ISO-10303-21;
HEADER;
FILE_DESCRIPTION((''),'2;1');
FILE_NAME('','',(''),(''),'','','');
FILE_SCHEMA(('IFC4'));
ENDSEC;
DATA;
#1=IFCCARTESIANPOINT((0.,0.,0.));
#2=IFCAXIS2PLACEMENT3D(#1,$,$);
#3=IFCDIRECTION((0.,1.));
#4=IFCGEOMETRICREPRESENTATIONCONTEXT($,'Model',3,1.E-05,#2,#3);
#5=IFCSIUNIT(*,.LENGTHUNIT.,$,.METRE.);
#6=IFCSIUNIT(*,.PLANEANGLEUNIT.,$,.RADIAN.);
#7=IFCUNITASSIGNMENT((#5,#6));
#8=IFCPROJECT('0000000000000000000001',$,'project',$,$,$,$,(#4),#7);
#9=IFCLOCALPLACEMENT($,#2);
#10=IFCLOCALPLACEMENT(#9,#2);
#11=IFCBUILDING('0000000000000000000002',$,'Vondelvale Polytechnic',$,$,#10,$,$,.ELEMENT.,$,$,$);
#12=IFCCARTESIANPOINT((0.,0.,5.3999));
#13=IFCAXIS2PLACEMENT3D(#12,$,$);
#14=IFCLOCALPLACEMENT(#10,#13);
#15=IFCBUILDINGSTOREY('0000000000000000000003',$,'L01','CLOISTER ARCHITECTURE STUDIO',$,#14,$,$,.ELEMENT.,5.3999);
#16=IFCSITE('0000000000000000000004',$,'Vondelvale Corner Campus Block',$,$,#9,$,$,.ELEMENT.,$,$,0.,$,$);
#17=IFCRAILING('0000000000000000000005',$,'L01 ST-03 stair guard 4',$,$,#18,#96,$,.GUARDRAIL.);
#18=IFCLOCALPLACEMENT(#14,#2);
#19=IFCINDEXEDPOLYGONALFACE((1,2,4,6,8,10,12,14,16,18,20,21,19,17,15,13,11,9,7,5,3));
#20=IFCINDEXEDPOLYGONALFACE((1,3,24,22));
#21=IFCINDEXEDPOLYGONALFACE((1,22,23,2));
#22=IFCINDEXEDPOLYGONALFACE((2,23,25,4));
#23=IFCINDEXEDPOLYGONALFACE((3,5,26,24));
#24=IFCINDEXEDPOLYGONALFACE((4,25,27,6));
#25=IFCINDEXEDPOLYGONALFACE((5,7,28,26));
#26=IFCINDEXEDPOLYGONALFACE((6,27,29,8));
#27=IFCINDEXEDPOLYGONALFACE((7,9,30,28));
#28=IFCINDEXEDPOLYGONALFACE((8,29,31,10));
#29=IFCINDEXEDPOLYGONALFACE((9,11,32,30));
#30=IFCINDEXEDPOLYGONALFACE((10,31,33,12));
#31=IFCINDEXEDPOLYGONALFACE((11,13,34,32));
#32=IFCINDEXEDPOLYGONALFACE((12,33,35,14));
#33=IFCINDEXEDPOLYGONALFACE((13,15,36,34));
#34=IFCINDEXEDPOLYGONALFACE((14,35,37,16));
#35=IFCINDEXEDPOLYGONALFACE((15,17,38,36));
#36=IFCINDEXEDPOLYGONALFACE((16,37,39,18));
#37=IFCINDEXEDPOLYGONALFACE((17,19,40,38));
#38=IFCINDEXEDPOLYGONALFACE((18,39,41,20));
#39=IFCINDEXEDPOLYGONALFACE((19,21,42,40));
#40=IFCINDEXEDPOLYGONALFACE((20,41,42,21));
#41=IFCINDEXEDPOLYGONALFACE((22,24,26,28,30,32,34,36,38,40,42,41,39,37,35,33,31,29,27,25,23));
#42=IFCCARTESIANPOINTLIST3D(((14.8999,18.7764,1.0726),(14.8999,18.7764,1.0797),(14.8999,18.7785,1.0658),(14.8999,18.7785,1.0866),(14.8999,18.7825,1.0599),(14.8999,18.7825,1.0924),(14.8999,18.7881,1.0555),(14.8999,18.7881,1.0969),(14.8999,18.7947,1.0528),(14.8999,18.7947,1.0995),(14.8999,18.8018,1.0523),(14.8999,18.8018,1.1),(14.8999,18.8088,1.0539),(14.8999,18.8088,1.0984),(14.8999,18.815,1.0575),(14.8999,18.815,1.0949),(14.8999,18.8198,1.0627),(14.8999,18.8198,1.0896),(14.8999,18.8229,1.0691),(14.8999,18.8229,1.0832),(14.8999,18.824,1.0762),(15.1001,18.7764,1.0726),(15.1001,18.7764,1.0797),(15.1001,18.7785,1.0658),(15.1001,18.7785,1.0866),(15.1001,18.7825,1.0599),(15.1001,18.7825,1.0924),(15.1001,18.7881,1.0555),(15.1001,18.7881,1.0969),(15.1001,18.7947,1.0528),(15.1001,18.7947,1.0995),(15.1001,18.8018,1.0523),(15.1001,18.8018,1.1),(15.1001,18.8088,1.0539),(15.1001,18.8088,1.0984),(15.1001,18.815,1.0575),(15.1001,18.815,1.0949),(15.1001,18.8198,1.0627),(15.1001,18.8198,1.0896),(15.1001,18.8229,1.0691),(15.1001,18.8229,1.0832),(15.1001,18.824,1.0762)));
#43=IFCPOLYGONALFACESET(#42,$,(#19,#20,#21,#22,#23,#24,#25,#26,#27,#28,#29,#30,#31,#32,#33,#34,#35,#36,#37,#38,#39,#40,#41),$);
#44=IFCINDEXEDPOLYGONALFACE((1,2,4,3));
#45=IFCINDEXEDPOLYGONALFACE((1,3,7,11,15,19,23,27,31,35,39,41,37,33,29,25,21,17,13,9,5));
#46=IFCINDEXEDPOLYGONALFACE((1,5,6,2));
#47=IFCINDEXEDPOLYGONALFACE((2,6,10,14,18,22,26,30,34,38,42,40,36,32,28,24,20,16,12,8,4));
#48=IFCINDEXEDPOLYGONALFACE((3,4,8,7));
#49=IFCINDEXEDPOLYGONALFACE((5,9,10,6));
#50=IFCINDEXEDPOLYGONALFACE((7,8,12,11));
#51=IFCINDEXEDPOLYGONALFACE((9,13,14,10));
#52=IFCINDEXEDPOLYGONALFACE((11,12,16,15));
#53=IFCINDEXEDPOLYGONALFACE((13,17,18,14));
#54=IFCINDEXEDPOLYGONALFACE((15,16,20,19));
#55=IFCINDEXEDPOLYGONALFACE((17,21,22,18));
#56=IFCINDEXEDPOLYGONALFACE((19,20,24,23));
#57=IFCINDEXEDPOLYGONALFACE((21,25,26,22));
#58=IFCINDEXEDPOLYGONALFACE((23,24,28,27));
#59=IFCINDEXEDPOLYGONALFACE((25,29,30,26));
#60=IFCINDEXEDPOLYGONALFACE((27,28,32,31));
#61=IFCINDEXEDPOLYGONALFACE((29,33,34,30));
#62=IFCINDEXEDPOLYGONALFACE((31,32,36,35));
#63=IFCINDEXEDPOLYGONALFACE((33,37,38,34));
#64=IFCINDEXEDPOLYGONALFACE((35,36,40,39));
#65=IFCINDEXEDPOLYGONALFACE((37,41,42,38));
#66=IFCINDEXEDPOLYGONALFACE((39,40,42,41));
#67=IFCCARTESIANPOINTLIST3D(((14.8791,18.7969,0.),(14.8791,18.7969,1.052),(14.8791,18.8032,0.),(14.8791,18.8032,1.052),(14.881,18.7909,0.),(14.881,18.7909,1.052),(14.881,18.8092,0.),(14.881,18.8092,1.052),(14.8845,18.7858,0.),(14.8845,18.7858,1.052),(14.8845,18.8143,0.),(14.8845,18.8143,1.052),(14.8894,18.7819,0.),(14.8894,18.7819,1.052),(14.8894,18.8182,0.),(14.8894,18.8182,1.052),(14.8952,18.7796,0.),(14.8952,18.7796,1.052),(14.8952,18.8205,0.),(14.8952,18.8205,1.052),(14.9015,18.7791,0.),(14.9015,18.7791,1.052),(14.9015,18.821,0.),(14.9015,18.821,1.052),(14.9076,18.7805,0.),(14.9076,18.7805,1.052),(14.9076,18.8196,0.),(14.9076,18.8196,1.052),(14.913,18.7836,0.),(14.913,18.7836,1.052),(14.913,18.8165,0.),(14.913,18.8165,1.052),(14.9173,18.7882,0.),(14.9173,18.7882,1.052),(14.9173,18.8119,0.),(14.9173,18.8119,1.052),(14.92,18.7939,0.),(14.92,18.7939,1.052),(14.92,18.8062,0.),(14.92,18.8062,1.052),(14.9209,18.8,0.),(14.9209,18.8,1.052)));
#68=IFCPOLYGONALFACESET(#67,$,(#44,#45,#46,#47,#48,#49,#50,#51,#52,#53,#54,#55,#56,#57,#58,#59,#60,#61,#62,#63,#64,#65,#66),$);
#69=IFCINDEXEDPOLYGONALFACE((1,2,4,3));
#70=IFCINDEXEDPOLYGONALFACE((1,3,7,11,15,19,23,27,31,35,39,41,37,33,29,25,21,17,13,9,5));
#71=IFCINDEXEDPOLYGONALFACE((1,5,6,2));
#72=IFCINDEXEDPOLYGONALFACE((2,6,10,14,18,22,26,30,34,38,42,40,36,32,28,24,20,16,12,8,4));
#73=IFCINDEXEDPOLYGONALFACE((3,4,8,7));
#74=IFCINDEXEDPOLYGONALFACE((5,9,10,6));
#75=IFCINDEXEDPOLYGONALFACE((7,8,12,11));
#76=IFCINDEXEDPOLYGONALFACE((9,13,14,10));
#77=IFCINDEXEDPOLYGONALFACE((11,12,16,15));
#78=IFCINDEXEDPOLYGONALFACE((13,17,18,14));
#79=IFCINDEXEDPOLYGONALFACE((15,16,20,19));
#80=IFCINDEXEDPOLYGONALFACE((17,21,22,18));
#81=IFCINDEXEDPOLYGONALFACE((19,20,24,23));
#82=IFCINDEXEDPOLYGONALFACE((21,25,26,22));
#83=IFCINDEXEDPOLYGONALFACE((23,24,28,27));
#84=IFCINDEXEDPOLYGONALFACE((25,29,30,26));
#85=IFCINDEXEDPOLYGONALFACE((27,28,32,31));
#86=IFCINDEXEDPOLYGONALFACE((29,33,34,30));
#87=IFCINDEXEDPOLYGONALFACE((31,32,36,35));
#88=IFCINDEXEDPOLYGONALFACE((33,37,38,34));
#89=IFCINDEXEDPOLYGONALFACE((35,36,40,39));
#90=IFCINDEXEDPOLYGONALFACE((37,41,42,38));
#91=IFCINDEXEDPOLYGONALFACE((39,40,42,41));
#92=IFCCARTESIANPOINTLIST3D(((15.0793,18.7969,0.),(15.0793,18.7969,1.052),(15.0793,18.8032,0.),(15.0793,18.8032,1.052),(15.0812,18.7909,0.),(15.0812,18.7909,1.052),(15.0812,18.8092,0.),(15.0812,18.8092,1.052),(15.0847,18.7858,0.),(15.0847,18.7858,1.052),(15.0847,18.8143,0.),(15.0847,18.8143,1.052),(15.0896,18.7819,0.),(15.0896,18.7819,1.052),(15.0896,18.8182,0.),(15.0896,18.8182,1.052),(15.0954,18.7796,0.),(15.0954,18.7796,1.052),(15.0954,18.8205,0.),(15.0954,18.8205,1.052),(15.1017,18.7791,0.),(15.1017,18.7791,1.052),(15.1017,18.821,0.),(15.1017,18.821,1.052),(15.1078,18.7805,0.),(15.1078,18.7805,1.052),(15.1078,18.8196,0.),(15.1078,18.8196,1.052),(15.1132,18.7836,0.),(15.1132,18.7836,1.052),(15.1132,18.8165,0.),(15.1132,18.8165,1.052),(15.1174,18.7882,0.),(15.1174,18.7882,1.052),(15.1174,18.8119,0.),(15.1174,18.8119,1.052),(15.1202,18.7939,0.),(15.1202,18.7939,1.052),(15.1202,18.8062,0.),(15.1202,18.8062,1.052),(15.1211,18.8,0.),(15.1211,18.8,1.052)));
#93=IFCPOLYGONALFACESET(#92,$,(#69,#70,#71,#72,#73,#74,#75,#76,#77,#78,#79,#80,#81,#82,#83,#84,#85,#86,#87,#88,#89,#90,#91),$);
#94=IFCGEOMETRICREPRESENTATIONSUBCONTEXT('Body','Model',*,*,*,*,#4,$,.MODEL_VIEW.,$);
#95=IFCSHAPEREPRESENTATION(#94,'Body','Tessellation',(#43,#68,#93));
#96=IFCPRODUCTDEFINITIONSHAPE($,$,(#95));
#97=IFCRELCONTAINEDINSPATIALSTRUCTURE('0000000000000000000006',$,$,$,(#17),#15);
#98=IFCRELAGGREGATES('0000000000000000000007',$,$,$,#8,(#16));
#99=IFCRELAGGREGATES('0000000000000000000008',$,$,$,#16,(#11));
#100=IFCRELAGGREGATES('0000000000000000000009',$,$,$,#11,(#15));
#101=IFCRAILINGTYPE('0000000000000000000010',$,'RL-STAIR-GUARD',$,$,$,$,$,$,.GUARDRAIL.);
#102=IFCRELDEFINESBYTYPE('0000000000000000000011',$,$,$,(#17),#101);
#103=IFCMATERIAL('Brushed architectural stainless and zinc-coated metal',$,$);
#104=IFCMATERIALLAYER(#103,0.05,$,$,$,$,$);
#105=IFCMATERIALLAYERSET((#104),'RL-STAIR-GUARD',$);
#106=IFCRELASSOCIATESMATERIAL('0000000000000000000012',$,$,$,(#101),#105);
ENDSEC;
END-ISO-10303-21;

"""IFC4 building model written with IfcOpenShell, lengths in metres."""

from ifc_helpers import new_model, si_unit, direction, frame, origin, origin_2d, place, context, subcontext, project, spatial, circle, extrude, material, layer, layer_set, type_object, element, save


model = new_model("IFC4")

# Units and contexts
model_context = context("Model", 3, precision=1e-05, world=origin(), true_north=direction((0.0, 1.0)))
body_context = subcontext(model_context, "Body", "Model", "MODEL_VIEW")
ifc_project = project(units=[si_unit("LENGTHUNIT", "METRE"), si_unit("PLANEANGLEUNIT", "RADIAN")], contexts=[model_context])

# Site, building, storey
site_placement = place(None, origin())
site = spatial("IfcSite", under=ifc_project, at=site_placement, Name="Vondelvale Corner Campus Block", CompositionType="ELEMENT", RefElevation=0.0)
building_placement = place(site_placement, origin())
building = spatial("IfcBuilding", under=site, at=building_placement, Name="Vondelvale Polytechnic", CompositionType="ELEMENT")
storey_placement = place(building_placement, frame((0.0, 0.0, 5.3999)))
storey = spatial("IfcBuildingStorey", under=building, at=storey_placement, Name="L01", Description="CLOISTER ARCHITECTURE STUDIO", CompositionType="ELEMENT", Elevation=5.3999)

# Shared definitions
ifc_material_1 = material(Name="Brushed architectural stainless and zinc-coated metal")

# Railing
ifc_layer_1 = layer(ifc_material_1, 0.05)
ifc_layer_set_1 = layer_set([ifc_layer_1], Name="RL-STAIR-GUARD")
railing_type_1 = type_object("IfcRailingType", Name="RL-STAIR-GUARD", PredefinedType="GUARDRAIL", material=ifc_layer_set_1)
railing_1_placement = place(storey_placement, frame((14.8999, 18.8, 0.0)))
element("IfcRailing", 1, at=railing_1_placement, inside=storey, type_object=railing_type_1, Name="L01 ST-03 stair guard 4", PredefinedType="GUARDRAIL", context=body_context, shape_type="SweptSolid", body=[
    extrude(circle(Radius=0.0239, at=origin_2d()), frame((0.0, 0.0, 1.0762), z_axis=(1.0, 0.0, 0.0), x_axis=(0.0, 1.0, 0.0)), (0.0, 0.0, 1.0), 0.2002),
    extrude(circle(Radius=0.021, at=origin_2d()), origin(), (0.0, 0.0, 1.0), 1.052),
    extrude(circle(Radius=0.021, at=origin_2d()), frame((0.2002, 0.0, 0.0)), (0.0, 0.0, 1.0), 1.052),
])

save(model, "model.ifc")
